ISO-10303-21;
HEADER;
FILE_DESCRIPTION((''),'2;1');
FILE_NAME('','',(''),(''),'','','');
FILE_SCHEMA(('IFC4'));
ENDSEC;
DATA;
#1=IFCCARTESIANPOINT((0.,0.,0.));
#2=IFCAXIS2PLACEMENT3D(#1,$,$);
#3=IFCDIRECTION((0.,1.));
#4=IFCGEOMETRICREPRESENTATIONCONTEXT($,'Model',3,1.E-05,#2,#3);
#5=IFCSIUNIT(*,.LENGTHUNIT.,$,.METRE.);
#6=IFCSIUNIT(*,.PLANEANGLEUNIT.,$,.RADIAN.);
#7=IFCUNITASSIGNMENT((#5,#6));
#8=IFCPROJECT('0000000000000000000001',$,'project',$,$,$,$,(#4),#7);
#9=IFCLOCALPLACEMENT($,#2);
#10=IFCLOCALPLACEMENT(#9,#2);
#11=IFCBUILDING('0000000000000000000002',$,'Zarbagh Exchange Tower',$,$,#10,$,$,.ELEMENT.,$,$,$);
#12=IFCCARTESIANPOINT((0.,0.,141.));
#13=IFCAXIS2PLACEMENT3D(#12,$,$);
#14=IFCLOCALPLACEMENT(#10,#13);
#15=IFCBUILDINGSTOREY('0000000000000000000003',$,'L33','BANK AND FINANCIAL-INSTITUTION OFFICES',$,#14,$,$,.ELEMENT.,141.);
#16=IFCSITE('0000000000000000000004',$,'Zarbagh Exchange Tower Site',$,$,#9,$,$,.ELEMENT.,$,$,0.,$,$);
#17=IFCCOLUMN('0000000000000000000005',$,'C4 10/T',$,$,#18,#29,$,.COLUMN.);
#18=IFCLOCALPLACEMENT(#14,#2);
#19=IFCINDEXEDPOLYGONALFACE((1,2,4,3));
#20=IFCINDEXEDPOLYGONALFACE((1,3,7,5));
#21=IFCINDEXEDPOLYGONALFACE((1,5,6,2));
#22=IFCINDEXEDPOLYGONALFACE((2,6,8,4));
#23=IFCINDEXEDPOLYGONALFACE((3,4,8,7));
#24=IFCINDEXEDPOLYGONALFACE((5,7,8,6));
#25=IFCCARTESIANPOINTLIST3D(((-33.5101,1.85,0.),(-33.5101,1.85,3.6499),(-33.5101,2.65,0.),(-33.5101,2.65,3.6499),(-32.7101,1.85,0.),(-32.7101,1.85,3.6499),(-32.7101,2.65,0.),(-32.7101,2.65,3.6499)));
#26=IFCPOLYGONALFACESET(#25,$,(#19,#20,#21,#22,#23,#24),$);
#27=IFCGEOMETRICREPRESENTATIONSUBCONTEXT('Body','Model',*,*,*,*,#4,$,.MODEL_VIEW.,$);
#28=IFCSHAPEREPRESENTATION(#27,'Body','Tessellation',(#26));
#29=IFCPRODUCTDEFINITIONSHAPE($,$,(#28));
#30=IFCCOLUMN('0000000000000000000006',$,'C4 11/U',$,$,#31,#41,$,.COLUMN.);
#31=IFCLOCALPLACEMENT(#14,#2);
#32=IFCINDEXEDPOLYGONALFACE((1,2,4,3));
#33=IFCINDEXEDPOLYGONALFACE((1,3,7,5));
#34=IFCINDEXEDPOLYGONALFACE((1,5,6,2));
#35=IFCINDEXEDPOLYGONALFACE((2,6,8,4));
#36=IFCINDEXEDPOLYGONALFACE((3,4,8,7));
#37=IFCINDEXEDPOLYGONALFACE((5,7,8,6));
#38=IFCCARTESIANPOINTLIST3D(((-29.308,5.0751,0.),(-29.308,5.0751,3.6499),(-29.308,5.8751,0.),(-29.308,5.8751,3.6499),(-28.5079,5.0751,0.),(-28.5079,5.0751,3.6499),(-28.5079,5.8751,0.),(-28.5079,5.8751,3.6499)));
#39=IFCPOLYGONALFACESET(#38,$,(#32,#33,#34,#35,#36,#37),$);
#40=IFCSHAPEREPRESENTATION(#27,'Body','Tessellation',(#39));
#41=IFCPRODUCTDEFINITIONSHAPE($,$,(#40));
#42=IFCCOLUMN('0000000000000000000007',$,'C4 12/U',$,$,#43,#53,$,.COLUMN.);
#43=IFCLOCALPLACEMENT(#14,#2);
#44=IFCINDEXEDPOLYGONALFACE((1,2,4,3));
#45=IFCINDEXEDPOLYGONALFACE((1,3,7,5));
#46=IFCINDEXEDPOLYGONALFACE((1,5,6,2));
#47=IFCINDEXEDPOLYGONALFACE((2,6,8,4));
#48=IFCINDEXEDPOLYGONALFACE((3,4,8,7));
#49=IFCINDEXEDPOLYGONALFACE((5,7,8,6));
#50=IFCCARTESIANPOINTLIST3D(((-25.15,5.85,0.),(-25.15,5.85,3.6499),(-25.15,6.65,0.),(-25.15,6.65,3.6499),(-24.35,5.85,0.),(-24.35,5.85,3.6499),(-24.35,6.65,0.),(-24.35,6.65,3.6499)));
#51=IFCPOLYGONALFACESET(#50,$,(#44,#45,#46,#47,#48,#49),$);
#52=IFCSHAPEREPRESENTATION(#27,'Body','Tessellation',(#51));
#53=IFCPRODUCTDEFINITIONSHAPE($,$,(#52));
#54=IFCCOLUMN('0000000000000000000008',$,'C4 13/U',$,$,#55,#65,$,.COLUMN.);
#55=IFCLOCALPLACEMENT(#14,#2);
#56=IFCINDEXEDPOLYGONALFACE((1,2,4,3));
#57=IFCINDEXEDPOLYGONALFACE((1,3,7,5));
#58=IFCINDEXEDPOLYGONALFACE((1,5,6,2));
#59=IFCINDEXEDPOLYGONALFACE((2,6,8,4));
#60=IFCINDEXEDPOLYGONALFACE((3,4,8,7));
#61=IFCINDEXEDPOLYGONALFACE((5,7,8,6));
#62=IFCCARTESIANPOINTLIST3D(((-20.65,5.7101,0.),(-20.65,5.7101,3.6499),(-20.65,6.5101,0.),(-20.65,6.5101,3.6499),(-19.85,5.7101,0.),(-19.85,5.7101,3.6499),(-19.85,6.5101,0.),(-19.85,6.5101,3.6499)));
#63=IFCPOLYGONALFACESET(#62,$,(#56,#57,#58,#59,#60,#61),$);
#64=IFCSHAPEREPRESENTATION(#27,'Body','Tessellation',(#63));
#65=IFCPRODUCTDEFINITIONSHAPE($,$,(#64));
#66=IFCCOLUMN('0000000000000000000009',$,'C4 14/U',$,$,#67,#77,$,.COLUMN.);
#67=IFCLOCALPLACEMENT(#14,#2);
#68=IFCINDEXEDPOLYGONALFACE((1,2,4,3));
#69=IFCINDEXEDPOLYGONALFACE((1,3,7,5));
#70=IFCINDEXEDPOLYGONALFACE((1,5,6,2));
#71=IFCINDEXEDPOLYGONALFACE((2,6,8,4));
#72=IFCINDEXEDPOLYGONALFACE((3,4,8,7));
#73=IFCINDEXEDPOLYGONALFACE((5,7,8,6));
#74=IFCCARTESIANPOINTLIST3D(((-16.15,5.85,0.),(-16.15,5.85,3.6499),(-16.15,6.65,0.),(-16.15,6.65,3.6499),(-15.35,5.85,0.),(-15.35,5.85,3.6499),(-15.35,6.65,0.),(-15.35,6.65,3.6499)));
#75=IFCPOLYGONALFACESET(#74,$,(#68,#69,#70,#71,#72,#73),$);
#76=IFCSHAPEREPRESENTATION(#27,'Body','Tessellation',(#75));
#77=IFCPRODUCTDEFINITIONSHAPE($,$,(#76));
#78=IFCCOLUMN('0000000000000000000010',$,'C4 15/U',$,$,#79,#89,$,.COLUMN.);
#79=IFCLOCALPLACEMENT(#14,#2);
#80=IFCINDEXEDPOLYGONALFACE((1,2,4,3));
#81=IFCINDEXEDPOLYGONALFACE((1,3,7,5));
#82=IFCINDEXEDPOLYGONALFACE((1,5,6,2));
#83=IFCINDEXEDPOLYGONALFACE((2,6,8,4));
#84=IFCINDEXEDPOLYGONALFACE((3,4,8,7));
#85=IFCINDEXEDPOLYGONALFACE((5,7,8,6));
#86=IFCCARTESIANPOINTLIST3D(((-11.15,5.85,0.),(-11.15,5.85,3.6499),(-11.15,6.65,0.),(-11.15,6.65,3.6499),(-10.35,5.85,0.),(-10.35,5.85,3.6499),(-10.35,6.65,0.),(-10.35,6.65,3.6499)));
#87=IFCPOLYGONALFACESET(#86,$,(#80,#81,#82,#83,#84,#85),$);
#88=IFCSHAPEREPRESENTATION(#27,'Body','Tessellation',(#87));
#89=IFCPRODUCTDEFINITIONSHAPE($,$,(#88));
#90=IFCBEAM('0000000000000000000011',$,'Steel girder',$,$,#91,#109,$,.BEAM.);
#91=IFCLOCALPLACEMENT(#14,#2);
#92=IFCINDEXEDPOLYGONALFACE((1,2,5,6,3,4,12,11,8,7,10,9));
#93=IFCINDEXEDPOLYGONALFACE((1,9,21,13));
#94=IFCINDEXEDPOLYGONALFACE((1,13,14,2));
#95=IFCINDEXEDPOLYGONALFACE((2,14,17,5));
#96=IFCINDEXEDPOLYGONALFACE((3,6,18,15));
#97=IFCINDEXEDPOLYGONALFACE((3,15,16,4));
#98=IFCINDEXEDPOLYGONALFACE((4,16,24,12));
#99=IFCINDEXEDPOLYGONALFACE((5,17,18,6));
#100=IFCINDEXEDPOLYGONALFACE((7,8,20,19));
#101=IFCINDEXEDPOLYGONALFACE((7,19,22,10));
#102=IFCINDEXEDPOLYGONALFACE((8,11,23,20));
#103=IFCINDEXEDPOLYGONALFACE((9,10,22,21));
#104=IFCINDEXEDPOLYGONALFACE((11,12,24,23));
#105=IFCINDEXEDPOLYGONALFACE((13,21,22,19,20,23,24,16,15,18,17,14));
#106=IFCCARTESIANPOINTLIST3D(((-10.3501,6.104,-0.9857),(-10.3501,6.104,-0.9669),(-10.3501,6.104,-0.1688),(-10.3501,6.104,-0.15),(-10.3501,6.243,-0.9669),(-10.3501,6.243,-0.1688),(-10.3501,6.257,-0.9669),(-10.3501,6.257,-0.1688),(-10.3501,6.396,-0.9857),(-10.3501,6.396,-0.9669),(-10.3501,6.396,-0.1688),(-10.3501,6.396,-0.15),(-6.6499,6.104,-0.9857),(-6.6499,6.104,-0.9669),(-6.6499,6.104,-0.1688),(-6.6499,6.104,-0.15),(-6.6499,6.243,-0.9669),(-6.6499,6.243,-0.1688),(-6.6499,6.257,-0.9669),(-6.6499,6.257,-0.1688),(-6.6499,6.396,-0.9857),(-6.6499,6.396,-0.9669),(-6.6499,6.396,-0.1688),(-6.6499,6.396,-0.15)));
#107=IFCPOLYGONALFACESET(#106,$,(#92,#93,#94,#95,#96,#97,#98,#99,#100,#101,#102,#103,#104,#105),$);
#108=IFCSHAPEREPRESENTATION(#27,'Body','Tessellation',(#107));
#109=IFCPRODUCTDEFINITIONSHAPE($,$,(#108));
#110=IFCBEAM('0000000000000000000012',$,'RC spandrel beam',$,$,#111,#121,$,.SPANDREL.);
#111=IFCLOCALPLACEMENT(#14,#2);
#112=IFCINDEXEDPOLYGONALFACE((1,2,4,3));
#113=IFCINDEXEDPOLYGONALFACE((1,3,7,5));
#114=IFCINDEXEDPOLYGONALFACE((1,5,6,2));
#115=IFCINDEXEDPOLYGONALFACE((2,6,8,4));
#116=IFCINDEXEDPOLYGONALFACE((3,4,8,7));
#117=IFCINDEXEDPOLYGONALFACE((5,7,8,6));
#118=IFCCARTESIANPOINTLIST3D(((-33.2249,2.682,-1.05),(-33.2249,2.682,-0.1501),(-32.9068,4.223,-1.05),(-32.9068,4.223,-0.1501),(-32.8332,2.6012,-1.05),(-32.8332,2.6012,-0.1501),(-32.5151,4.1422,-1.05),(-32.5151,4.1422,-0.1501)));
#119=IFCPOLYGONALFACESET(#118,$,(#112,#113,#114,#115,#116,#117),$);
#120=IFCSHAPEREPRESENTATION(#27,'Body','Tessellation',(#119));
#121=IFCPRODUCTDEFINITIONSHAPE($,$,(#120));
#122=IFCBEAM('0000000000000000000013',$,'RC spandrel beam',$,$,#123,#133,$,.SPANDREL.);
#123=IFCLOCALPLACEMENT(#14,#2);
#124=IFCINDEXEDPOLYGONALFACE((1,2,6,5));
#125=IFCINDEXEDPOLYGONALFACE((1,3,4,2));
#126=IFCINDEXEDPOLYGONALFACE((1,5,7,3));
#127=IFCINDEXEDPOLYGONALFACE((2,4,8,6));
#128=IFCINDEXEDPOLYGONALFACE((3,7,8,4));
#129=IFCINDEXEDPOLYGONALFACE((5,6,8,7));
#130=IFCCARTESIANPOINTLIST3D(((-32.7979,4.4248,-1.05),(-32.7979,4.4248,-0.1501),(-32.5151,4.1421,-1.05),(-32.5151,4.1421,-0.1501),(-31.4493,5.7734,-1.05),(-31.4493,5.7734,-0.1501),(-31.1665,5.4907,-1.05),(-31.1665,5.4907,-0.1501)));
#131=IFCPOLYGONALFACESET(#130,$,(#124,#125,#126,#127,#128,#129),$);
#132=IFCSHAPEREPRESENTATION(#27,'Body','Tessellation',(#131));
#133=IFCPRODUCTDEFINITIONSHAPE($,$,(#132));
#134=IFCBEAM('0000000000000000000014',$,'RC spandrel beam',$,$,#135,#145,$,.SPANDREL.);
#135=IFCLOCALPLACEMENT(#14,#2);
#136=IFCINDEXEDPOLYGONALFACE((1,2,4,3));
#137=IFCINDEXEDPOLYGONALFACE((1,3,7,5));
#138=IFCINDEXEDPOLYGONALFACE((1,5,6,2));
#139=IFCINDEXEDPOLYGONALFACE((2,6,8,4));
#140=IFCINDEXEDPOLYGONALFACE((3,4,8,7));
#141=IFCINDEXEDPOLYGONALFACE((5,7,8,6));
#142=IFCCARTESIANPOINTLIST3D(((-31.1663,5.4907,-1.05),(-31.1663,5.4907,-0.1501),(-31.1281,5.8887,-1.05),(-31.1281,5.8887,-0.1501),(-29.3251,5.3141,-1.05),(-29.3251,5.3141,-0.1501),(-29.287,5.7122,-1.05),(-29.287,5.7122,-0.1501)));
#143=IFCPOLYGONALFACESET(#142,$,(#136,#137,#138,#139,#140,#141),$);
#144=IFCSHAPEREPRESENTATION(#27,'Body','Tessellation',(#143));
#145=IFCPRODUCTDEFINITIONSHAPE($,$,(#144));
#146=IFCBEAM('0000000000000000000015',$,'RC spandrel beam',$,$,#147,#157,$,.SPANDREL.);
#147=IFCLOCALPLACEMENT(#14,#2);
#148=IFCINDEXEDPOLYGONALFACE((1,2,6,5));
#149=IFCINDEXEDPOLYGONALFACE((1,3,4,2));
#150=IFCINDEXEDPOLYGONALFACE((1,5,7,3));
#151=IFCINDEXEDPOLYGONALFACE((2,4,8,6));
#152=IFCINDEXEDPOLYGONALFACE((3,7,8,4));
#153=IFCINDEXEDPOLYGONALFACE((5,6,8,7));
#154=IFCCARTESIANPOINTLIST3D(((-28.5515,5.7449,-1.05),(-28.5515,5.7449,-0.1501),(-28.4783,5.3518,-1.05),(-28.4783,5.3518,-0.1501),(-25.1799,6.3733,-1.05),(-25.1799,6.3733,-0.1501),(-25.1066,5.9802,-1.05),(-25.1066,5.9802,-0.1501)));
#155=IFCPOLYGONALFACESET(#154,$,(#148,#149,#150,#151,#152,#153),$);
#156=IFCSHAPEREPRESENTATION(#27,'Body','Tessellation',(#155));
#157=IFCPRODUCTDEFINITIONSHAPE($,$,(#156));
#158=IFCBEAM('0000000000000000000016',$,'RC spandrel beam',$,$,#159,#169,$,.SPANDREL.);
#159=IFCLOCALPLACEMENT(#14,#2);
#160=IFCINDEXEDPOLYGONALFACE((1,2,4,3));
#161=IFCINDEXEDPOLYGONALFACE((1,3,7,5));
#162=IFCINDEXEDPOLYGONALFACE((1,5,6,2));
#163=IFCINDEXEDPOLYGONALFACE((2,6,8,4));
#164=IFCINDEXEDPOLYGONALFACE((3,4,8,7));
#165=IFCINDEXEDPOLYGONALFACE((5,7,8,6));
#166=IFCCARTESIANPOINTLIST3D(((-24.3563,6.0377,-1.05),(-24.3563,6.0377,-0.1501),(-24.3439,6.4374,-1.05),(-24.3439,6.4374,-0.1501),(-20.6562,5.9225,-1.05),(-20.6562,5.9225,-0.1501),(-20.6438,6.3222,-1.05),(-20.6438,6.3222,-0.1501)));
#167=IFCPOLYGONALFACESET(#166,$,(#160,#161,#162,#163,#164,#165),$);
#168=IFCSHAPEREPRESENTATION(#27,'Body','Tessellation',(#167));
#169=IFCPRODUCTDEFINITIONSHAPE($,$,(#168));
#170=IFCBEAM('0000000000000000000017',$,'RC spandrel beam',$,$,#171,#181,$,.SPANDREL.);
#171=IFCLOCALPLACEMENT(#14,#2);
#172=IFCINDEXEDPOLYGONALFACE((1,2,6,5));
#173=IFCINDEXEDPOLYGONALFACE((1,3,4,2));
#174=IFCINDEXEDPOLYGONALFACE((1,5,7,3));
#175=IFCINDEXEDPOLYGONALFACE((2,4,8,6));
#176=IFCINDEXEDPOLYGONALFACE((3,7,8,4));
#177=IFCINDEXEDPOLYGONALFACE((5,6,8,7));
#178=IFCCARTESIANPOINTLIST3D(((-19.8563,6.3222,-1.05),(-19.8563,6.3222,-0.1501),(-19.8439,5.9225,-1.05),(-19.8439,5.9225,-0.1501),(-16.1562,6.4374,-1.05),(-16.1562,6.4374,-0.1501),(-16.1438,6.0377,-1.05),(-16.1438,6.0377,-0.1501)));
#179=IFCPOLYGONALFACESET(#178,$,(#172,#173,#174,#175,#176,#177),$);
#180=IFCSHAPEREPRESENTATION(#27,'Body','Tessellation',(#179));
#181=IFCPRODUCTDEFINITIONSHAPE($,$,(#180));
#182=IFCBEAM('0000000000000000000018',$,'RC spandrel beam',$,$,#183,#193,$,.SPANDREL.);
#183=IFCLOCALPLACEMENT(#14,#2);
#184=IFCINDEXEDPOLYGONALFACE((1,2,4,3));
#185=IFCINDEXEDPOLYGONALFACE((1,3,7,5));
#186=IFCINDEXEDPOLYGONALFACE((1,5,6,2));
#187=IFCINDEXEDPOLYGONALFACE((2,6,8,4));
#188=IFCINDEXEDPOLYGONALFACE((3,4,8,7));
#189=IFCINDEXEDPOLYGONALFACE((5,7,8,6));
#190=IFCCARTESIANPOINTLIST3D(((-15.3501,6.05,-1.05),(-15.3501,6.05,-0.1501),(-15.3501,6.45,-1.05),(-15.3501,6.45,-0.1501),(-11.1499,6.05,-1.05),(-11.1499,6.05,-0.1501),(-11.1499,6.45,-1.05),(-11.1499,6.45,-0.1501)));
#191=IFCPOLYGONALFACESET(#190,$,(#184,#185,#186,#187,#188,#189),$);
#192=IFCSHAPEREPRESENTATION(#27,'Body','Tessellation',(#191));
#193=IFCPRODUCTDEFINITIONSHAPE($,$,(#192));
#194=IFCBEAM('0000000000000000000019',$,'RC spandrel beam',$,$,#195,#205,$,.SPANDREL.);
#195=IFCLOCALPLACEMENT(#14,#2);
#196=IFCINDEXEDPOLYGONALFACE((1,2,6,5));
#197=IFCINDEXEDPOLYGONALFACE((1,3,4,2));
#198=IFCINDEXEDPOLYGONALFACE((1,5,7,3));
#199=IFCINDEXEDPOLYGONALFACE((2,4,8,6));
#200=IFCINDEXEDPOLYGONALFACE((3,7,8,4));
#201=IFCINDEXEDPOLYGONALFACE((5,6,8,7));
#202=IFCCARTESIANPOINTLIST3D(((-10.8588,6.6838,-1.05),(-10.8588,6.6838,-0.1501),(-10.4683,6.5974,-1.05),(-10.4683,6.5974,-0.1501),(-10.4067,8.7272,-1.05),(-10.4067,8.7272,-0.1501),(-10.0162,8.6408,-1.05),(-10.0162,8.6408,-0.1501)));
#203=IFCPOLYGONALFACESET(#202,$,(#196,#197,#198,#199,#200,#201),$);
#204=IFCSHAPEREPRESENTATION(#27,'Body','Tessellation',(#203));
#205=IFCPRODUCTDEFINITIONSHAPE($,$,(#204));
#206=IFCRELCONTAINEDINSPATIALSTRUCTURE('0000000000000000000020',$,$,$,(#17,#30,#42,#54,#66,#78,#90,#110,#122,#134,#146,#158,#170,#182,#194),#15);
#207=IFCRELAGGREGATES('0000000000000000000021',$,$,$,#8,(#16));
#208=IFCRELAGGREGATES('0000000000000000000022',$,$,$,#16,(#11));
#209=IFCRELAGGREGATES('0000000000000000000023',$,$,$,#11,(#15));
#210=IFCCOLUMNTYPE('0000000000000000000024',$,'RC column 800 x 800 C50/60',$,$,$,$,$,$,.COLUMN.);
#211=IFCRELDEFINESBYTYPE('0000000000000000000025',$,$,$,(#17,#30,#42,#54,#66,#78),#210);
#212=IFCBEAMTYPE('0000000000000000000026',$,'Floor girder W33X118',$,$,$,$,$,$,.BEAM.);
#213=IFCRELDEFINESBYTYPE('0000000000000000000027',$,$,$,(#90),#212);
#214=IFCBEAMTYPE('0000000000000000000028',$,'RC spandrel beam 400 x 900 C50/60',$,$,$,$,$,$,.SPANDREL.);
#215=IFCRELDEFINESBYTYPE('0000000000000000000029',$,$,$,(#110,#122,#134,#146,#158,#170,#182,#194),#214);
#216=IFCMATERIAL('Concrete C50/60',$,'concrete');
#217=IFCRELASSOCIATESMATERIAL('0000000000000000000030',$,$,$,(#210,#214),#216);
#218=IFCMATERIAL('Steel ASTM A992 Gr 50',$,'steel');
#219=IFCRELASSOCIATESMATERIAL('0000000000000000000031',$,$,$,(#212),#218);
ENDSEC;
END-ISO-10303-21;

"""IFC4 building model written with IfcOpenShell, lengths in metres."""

from ifc_helpers import new_model, si_unit, direction, frame, origin, origin_2d, place, context, subcontext, project, spatial, rectangle, i_section, extrude, material, material_profile, profile_set, type_object, element, save


model = new_model("IFC4")

# Units and contexts
model_context = context("Model", 3, precision=1e-05, world=origin(), true_north=direction((0.0, 1.0)))
body_context = subcontext(model_context, "Body", "Model", "MODEL_VIEW")
ifc_project = project(units=[si_unit("LENGTHUNIT", "METRE"), si_unit("PLANEANGLEUNIT", "RADIAN")], contexts=[model_context])

# Site, building, storey
site_placement = place(None, origin())
site = spatial("IfcSite", under=ifc_project, at=site_placement, Name="Zarbagh Exchange Tower Site", CompositionType="ELEMENT", RefElevation=0.0)
building_placement = place(site_placement, origin())
building = spatial("IfcBuilding", under=site, at=building_placement, Name="Zarbagh Exchange Tower", CompositionType="ELEMENT")
storey_placement = place(building_placement, frame((0.0, 0.0, 141.0)))
storey = spatial("IfcBuildingStorey", under=building, at=storey_placement, Name="L33", Description="BANK AND FINANCIAL-INSTITUTION OFFICES", CompositionType="ELEMENT", Elevation=141.0)

# Columns
ifc_material_1 = material(Name="Concrete C50/60", Category="concrete")
ifc_material_profile_1 = material_profile(ifc_material_1, rectangle(XDim=0.8, YDim=0.8, at=origin_2d()), Name="RC column 800 x 800 C50/60")
ifc_profile_set_1 = profile_set([ifc_material_profile_1], Name="Concrete C50/60")
column_type = type_object("IfcColumnType", Name="RC column 800 x 800 C50/60", PredefinedType="COLUMN", material=ifc_profile_set_1)
for number, where, z_axis, x_axis, name in (
    (1, (-33.1101, 2.25, 0.0), (0.0, 0.0, 1.0), (1.0, 0.0, 0.0), "C4 10/T"),
    (2, (-28.908, 5.4751, 0.0), (0.0, 0.0, 1.0), (1.0, 0.0, 0.0), "C4 11/U"),
    (3, (-24.75, 6.25, 0.0), (0.0, 0.0, 1.0), (1.0, 0.0, 0.0), "C4 12/U"),
    (4, (-20.25, 6.1101, 0.0), (0.0, 0.0, 1.0), (1.0, 0.0, 0.0), "C4 13/U"),
    (5, (-15.75, 6.25, 0.0), (0.0, 0.0, 1.0), (1.0, 0.0, 0.0), "C4 14/U"),
    (6, (-10.75, 6.25, 0.0), (0.0, 0.0, 1.0), (1.0, 0.0, 0.0), "C4 15/U"),
):
    element("IfcColumn", number, at=place(storey_placement, frame(where, z_axis=z_axis, x_axis=x_axis)), inside=storey, type_object=column_type, Name=name, PredefinedType="COLUMN", context=body_context, shape_type="SweptSolid", body=[
        extrude(rectangle(XDim=0.8, YDim=0.8, at=origin_2d()), origin(), (0.0, 0.0, 1.0), 3.6499),
    ])

# Beams
ifc_material_2 = material(Name="Steel ASTM A992 Gr 50", Category="steel")
ifc_material_profile_2 = material_profile(ifc_material_2, i_section(OverallWidth=0.292, OverallDepth=0.8357, WebThickness=0.0139, FlangeThickness=0.0188, at=origin_2d()), Name="W33X118")
ifc_profile_set_2 = profile_set([ifc_material_profile_2], Name="Steel ASTM A992 Gr 50")
beam_type_1 = type_object("IfcBeamType", Name="Floor girder W33X118", PredefinedType="BEAM", material=ifc_profile_set_2)
beam_1_placement = place(storey_placement, frame((-10.3501, 6.25, -0.5679), z_axis=(1.0, 0.0, 0.0), x_axis=(0.0, 1.0, 0.0)))
element("IfcBeam", 7, at=beam_1_placement, inside=storey, type_object=beam_type_1, Name="Steel girder", PredefinedType="BEAM", context=body_context, shape_type="SweptSolid", body=[
    extrude(i_section(OverallWidth=0.292, OverallDepth=0.8357, WebThickness=0.0139, FlangeThickness=0.0188, at=origin_2d()), origin(), (0.0, 0.0, 1.0), 3.7002),
])
ifc_material_profile_3 = material_profile(ifc_material_1, rectangle(XDim=0.3999, YDim=0.8999, at=origin_2d()), Name="RC spandrel beam 400 x 900 C50/60")
ifc_profile_set_3 = profile_set([ifc_material_profile_3], Name="Concrete C50/60")
beam_type_2 = type_object("IfcBeamType", Name="RC spandrel beam 400 x 900 C50/60", PredefinedType="SPANDREL", material=ifc_profile_set_3)
beam_2_placement = place(storey_placement, frame((-33.0291, 2.6416, -0.6001), z_axis=(0.202169, 0.979351, 0.0), x_axis=(-0.979351, 0.202169, 0.0)))
element("IfcBeam", 8, at=beam_2_placement, inside=storey, type_object=beam_type_2, Name="RC spandrel beam", PredefinedType="SPANDREL", context=body_context, shape_type="SweptSolid", body=[
    extrude(rectangle(XDim=0.3999, YDim=0.8999, at=origin_2d()), origin(), (0.0, 0.0, 1.0), 1.5735),
])
beam_3_placement = place(storey_placement, frame((-32.6565, 4.2834, -0.6001), z_axis=(0.707107, 0.707107, 0.0), x_axis=(-0.707107, 0.707107, 0.0)))
element("IfcBeam", 9, at=beam_3_placement, inside=storey, type_object=beam_type_2, Name="RC spandrel beam", PredefinedType="SPANDREL", context=body_context, shape_type="SweptSolid", body=[
    extrude(rectangle(XDim=0.3999, YDim=0.8999, at=origin_2d()), origin(), (0.0, 0.0, 1.0), 1.9072),
])
beam_4_placement = place(storey_placement, frame((-31.1472, 5.6897, -0.6001), z_axis=(0.995435, -0.095438, 0.0), x_axis=(0.095438, 0.995435, 0.0)))
element("IfcBeam", 10, at=beam_4_placement, inside=storey, type_object=beam_type_2, Name="RC spandrel beam", PredefinedType="SPANDREL", context=body_context, shape_type="SweptSolid", body=[
    extrude(rectangle(XDim=0.3999, YDim=0.8999, at=origin_2d()), origin(), (0.0, 0.0, 1.0), 1.8496),
])
beam_5_placement = place(storey_placement, frame((-28.5149, 5.5483, -0.6001), z_axis=(0.98307, 0.183231, 0.0), x_axis=(-0.183231, 0.98307, 0.0)))
element("IfcBeam", 11, at=beam_5_placement, inside=storey, type_object=beam_type_2, Name="RC spandrel beam", PredefinedType="SPANDREL", context=body_context, shape_type="SweptSolid", body=[
    extrude(rectangle(XDim=0.3999, YDim=0.8999, at=origin_2d()), origin(), (0.0, 0.0, 1.0), 3.4297),
])
for number, where, z_axis, x_axis, name in (
    (12, (-24.3501, 6.2375, -0.6001), (0.999515, -0.031128, 0.0), (0.031128, 0.999515, 0.0), "RC spandrel beam"),
    (13, (-19.8501, 6.1223, -0.6001), (0.999515, 0.031128, 0.0), (-0.031128, 0.999515, 0.0), "RC spandrel beam"),
):
    element("IfcBeam", number, at=place(storey_placement, frame(where, z_axis=z_axis, x_axis=x_axis)), inside=storey, type_object=beam_type_2, Name=name, PredefinedType="SPANDREL", context=body_context, shape_type="SweptSolid", body=[
        extrude(rectangle(XDim=0.3999, YDim=0.8999, at=origin_2d()), origin(), (0.0, 0.0, 1.0), 3.7019),
    ])
beam_6_placement = place(storey_placement, frame((-15.3501, 6.25, -0.6001), z_axis=(1.0, 0.0, 0.0), x_axis=(0.0, 1.0, 0.0)))
element("IfcBeam", 14, at=beam_6_placement, inside=storey, type_object=beam_type_2, Name="RC spandrel beam", PredefinedType="SPANDREL", context=body_context, shape_type="SweptSolid", body=[
    extrude(rectangle(XDim=0.3999, YDim=0.8999, at=origin_2d()), origin(), (0.0, 0.0, 1.0), 4.2002),
])
beam_7_placement = place(storey_placement, frame((-10.6636, 6.6406, -0.6001), z_axis=(0.216041, 0.976384, 0.0), x_axis=(-0.976384, 0.216041, 0.0)))
element("IfcBeam", 15, at=beam_7_placement, inside=storey, type_object=beam_type_2, Name="RC spandrel beam", PredefinedType="SPANDREL", context=body_context, shape_type="SweptSolid", body=[
    extrude(rectangle(XDim=0.3999, YDim=0.8999, at=origin_2d()), origin(), (0.0, 0.0, 1.0), 2.0928),
])

save(model, "model.ifc")
